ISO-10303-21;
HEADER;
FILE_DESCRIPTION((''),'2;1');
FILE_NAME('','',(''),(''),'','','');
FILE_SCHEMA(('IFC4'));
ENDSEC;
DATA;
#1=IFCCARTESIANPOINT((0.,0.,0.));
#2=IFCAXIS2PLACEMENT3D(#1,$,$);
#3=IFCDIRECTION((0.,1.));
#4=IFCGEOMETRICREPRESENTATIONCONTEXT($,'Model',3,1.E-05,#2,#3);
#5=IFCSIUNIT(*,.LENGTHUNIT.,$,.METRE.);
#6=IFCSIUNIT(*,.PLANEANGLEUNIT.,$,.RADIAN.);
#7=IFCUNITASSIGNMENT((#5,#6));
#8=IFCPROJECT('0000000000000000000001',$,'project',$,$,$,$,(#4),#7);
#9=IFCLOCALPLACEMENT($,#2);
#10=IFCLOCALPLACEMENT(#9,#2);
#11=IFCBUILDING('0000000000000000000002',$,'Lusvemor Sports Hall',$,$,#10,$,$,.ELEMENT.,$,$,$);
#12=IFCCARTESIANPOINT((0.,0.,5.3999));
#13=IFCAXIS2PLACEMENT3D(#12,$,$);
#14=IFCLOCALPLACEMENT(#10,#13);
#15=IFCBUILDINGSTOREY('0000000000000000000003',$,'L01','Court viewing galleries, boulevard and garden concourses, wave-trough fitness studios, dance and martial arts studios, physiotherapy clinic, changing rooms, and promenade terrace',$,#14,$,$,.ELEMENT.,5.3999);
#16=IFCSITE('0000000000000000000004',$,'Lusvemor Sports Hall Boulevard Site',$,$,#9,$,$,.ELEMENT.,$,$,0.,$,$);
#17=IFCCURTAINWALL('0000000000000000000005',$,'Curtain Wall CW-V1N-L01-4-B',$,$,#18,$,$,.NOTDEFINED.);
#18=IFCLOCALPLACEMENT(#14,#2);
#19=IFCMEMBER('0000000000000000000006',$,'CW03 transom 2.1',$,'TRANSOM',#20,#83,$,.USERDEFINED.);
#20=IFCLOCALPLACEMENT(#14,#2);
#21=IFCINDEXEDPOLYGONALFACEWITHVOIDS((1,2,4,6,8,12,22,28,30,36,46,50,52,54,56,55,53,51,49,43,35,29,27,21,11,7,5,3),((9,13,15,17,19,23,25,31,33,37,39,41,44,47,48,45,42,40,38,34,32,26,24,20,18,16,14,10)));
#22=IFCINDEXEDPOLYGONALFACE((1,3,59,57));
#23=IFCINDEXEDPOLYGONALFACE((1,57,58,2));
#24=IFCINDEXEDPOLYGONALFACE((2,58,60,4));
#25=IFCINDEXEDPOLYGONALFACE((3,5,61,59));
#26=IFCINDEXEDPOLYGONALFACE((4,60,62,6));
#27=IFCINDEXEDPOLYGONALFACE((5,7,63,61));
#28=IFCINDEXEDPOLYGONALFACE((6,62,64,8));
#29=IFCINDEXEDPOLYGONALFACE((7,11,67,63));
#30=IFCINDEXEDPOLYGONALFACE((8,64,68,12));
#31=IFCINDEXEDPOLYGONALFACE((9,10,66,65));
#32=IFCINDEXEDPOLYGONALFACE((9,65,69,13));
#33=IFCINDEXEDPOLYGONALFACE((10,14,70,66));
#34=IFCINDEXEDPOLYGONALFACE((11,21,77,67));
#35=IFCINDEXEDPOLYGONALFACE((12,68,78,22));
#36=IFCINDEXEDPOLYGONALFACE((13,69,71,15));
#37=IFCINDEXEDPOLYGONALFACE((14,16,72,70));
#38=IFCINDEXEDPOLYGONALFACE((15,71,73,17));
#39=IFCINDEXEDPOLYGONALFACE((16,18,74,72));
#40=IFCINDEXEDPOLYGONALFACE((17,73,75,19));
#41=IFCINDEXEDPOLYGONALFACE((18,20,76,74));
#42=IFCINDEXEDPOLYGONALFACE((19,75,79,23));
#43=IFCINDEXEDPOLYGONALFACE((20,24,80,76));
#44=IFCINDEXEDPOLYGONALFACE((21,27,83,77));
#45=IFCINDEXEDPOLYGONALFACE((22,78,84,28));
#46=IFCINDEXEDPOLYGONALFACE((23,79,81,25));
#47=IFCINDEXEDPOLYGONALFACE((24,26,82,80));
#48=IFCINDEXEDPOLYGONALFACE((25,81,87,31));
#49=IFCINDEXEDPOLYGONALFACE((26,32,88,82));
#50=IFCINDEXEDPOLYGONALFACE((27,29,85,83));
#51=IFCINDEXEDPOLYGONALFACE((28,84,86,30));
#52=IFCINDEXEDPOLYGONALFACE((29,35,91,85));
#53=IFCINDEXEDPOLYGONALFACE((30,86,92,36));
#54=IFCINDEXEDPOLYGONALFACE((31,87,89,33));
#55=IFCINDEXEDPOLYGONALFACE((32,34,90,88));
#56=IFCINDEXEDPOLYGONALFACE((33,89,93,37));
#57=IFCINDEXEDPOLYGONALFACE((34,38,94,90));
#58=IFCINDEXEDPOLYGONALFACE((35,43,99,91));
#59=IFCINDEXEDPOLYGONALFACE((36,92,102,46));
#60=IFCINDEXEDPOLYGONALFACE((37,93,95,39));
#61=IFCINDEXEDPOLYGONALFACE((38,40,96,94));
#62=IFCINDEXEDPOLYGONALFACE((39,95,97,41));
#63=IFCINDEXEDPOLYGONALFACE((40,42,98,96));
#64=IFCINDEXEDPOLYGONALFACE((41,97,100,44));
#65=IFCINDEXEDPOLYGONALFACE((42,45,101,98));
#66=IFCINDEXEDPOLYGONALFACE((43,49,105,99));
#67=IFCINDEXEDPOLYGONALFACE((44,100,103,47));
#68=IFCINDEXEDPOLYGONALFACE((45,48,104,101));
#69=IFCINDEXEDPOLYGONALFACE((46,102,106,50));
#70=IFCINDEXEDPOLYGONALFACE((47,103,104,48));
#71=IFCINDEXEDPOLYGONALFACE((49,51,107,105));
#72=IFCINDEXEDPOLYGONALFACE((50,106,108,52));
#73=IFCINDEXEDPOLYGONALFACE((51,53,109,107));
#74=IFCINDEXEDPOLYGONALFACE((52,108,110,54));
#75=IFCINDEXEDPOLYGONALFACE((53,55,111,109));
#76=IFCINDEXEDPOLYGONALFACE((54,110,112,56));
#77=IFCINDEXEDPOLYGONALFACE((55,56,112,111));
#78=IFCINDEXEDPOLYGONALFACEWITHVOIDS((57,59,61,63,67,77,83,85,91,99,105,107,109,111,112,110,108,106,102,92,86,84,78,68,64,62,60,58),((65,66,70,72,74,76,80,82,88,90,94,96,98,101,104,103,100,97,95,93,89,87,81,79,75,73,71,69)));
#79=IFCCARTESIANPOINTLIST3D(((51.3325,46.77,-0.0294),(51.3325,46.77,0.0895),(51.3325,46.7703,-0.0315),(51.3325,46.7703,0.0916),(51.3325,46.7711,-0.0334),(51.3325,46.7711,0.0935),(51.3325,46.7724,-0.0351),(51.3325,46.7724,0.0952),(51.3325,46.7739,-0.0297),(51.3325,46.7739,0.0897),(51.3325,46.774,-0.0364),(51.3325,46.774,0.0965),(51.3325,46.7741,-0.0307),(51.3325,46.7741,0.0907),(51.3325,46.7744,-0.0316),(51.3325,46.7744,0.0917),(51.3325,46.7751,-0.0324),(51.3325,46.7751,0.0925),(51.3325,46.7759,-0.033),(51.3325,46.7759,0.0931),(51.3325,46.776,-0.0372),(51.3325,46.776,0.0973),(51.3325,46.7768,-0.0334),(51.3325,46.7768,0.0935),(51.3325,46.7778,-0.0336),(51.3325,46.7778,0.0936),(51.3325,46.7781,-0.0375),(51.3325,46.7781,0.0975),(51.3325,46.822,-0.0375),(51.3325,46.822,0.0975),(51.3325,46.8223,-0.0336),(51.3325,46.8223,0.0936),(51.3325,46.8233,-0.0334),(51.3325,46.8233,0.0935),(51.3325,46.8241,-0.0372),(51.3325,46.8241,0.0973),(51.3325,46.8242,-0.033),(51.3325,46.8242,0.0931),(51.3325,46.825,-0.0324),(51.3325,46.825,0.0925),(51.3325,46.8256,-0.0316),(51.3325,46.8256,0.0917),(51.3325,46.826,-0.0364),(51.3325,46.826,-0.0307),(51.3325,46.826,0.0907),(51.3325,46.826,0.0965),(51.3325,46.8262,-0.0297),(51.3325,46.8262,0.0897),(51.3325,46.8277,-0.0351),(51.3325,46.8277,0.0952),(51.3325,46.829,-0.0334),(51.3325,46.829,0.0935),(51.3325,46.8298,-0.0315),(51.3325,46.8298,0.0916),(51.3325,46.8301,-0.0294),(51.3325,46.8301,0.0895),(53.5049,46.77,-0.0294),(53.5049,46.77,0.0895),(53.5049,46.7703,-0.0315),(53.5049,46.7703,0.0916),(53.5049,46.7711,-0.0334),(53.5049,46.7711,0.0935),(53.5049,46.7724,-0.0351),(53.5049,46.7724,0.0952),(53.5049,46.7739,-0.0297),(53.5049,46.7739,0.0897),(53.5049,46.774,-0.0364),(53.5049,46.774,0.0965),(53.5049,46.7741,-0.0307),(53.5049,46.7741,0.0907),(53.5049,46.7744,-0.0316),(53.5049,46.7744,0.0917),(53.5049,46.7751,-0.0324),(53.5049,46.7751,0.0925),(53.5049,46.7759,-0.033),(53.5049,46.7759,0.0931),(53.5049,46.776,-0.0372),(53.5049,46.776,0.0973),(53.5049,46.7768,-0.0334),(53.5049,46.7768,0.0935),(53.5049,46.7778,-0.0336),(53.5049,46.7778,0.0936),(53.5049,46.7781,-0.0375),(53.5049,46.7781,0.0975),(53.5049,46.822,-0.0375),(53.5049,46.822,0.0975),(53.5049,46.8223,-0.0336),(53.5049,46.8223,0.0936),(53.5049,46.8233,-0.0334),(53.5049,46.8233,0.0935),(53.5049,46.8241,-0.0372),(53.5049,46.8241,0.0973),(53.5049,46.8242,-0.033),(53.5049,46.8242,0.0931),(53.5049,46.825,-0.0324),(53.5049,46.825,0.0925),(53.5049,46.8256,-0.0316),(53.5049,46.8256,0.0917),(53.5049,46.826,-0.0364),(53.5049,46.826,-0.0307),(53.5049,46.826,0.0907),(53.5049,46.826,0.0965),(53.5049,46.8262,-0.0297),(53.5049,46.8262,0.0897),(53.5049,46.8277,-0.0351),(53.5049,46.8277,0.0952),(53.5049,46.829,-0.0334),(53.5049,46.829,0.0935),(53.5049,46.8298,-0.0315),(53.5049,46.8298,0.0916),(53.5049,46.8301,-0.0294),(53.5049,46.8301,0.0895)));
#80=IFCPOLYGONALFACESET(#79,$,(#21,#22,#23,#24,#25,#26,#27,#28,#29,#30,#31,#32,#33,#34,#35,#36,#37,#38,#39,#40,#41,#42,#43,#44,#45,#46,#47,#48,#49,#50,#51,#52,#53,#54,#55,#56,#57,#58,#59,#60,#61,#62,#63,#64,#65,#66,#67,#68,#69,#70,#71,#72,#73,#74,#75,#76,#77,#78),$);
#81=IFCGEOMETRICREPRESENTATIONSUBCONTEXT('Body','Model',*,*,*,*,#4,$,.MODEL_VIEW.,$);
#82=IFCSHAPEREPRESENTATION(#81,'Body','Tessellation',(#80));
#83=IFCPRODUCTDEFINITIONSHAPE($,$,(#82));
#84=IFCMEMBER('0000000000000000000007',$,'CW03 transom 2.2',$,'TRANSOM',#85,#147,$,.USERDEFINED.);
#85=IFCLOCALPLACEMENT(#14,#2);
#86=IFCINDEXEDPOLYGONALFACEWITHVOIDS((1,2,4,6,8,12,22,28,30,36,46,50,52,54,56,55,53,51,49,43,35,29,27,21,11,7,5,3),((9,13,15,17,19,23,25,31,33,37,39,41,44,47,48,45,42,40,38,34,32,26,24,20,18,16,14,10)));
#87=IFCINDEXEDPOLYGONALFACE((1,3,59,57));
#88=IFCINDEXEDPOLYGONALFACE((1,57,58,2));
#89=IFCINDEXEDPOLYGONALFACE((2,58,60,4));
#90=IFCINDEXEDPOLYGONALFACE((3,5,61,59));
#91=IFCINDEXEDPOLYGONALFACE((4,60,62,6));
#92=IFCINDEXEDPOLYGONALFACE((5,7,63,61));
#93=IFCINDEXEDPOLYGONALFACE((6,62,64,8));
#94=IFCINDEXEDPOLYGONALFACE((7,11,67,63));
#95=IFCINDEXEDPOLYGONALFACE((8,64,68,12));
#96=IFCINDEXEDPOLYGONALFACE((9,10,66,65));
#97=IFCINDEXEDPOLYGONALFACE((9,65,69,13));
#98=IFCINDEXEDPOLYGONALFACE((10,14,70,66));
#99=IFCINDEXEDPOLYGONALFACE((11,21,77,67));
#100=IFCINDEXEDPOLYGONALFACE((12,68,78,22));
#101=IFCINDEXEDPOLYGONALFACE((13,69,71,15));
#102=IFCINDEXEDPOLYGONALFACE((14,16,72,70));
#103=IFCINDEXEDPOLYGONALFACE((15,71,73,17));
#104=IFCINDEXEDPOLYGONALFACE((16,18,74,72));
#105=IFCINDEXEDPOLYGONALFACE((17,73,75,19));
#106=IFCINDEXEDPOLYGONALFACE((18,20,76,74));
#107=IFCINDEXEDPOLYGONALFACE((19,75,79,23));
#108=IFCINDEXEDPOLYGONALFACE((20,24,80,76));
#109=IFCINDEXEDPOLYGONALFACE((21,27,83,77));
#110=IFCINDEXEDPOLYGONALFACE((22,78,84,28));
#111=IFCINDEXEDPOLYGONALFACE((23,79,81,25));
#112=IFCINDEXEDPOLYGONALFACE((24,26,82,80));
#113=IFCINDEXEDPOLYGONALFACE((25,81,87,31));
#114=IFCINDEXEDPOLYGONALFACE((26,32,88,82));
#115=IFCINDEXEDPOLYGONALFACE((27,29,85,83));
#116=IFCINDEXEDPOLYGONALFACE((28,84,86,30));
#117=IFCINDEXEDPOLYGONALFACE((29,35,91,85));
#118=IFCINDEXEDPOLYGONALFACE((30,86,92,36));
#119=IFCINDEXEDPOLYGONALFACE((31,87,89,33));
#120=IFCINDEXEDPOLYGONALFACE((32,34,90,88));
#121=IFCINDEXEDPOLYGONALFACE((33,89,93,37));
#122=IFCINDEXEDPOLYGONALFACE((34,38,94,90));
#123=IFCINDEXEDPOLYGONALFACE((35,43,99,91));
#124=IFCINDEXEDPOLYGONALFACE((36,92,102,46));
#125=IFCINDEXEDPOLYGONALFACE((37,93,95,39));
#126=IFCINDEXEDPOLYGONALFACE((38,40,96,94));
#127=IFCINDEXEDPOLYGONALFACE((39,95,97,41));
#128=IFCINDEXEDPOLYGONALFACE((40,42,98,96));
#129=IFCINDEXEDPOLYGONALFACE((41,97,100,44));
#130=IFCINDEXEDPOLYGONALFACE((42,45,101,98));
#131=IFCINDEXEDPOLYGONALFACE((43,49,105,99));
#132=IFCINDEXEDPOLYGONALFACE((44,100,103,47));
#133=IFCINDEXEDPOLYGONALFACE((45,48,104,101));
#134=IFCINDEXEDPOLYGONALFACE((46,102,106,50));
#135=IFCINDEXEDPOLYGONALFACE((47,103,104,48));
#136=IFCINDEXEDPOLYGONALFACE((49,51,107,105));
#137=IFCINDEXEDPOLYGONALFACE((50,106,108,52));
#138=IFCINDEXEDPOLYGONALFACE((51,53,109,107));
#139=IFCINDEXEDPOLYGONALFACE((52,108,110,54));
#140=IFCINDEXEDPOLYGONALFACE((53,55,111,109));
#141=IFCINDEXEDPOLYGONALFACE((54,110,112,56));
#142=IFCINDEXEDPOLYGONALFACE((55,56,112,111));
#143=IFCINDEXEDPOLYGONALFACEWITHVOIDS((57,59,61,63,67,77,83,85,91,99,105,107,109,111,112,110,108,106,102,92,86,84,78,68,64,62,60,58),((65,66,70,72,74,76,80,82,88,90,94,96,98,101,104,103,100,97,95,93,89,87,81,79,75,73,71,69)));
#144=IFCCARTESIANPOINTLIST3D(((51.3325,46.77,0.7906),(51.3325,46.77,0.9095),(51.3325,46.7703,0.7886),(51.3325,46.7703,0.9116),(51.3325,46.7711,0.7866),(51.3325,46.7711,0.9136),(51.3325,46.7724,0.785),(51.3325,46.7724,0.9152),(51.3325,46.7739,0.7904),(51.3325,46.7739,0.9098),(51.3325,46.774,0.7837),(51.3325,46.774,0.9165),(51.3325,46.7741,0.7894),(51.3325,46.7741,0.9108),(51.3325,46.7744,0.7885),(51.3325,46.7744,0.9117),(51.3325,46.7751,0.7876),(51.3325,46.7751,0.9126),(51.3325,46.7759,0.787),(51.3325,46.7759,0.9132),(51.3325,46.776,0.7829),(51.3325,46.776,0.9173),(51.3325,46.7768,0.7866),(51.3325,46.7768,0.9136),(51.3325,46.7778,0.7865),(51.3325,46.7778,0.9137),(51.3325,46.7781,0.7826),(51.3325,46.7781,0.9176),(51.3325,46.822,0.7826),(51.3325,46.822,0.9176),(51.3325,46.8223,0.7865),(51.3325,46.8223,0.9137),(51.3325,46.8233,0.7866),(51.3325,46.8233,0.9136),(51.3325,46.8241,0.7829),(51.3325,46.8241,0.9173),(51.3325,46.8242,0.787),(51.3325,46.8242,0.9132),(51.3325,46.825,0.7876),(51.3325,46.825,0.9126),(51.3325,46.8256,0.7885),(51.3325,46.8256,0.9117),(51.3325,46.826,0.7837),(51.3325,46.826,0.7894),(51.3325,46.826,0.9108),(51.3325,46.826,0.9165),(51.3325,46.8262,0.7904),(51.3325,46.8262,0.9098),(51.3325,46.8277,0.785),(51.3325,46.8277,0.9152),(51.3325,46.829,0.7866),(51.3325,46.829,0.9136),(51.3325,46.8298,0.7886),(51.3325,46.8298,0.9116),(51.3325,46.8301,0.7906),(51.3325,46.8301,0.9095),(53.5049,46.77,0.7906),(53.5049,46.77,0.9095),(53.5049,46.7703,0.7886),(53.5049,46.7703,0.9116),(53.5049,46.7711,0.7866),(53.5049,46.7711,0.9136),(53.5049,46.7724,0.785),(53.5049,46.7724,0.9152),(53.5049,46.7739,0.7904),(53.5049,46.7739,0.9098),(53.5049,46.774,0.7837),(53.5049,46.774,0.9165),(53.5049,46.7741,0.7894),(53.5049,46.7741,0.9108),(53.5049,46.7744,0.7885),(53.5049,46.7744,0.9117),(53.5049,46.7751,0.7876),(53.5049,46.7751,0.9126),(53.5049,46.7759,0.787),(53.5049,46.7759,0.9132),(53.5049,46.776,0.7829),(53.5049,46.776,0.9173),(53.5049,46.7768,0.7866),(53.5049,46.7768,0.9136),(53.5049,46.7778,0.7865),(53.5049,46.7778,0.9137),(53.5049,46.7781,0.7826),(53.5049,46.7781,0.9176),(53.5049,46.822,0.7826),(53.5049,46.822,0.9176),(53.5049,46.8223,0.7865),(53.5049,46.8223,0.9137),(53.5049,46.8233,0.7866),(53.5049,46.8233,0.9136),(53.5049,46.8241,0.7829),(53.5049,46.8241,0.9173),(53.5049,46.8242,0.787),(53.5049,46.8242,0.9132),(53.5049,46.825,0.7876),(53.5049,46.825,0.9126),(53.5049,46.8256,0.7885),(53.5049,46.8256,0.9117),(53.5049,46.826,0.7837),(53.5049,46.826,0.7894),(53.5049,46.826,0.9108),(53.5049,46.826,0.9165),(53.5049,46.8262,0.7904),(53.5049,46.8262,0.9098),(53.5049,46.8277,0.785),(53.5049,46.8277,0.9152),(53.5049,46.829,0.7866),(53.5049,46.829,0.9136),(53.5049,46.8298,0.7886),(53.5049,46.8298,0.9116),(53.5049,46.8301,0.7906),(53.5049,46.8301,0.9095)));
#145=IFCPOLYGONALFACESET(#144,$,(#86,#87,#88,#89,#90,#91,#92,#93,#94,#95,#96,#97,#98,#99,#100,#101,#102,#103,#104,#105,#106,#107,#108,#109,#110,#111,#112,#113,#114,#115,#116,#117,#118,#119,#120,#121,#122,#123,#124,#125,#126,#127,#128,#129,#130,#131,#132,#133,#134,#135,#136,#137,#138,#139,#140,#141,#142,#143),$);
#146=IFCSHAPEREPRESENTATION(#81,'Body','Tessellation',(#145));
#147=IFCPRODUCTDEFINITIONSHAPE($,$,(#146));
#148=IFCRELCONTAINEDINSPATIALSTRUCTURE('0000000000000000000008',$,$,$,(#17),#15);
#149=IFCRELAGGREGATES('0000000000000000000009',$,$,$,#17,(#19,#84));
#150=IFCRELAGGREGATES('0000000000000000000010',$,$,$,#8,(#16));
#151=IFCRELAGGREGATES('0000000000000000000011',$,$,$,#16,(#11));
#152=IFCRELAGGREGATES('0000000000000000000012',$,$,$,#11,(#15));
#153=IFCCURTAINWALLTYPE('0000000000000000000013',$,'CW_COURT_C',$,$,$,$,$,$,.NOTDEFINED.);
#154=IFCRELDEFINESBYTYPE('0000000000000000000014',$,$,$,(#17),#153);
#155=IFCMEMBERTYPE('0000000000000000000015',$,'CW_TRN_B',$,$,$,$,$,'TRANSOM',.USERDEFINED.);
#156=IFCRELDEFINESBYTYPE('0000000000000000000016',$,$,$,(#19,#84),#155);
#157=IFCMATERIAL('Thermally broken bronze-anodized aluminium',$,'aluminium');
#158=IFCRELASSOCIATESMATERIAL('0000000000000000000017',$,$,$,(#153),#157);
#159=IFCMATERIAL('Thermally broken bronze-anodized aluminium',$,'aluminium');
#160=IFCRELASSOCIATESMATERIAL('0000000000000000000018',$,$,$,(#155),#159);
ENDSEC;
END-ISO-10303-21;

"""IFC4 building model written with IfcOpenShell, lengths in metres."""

from ifc_helpers import new_model, si_unit, direction, frame, origin, origin_2d, place, context, subcontext, project, spatial, hollow_rectangle, extrude, material, material_profile, profile_set, type_object, element, aggregate, save


model = new_model("IFC4")

# Units and contexts
model_context = context("Model", 3, precision=1e-05, world=origin(), true_north=direction((0.0, 1.0)))
body_context = subcontext(model_context, "Body", "Model", "MODEL_VIEW")
ifc_project = project(units=[si_unit("LENGTHUNIT", "METRE"), si_unit("PLANEANGLEUNIT", "RADIAN")], contexts=[model_context])

# Site, building, storey
site_placement = place(None, origin())
site = spatial("IfcSite", under=ifc_project, at=site_placement, Name="Lusvemor Sports Hall Boulevard Site", CompositionType="ELEMENT", RefElevation=0.0)
building_placement = place(site_placement, origin())
building = spatial("IfcBuilding", under=site, at=building_placement, Name="Lusvemor Sports Hall", CompositionType="ELEMENT")
storey_placement = place(building_placement, frame((0.0, 0.0, 5.3999)))
storey = spatial("IfcBuildingStorey", under=building, at=storey_placement, Name="L01", Description="Court viewing galleries, boulevard and garden concourses, wave-trough fitness studios, dance and martial arts studios, physiotherapy clinic, changing rooms, and promenade terrace", CompositionType="ELEMENT", Elevation=5.3999)

# Curtain wall
ifc_material_1 = material(Name="Thermally broken bronze-anodized aluminium", Category="aluminium")
curtain_wall_type = type_object("IfcCurtainWallType", Name="CW_COURT_C", PredefinedType="NOTDEFINED", material=ifc_material_1)
curtain_wall_1_placement = place(storey_placement, origin())
curtain_wall_1 = element("IfcCurtainWall", 1, at=curtain_wall_1_placement, inside=storey, type_object=curtain_wall_type, Name="Curtain Wall CW-V1N-L01-4-B", PredefinedType="NOTDEFINED")

# Members
ifc_material_2 = material(Name="Thermally broken bronze-anodized aluminium", Category="aluminium")
ifc_material_profile_1 = material_profile(ifc_material_2, hollow_rectangle(XDim=0.0601, YDim=0.135, WallThickness=0.0039, InnerFilletRadius=0.0039, OuterFilletRadius=0.0081, at=origin_2d()), Name="CWTRN135x60x4")
ifc_profile_set_1 = profile_set([ifc_material_profile_1], Name="Thermally broken bronze-anodized aluminium")
member_type_1 = type_object("IfcMemberType", Name="CW_TRN_B", ElementType="TRANSOM", PredefinedType="USERDEFINED", material=ifc_profile_set_1)
member_1_placement = place(storey_placement, frame((51.3325, 46.8, 0.03), z_axis=(1.0, 0.0, 0.0), x_axis=(0.0, 1.0, 0.0)))
member_1 = element("IfcMember", 2, at=member_1_placement, type_object=member_type_1, Name="CW03 transom 2.1", ObjectType="TRANSOM", PredefinedType="USERDEFINED", context=body_context, shape_type="SweptSolid", body=[
    extrude(hollow_rectangle(XDim=0.0601, YDim=0.135, WallThickness=0.0039, InnerFilletRadius=0.0039, OuterFilletRadius=0.0081, at=origin_2d()), origin(), (0.0, 0.0, 1.0), 2.1724),
])
member_2_placement = place(storey_placement, frame((51.3325, 46.8, 0.8501), z_axis=(1.0, 0.0, 0.0), x_axis=(0.0, 1.0, 0.0)))
member_2 = element("IfcMember", 3, at=member_2_placement, type_object=member_type_1, Name="CW03 transom 2.2", ObjectType="TRANSOM", PredefinedType="USERDEFINED", context=body_context, shape_type="SweptSolid", body=[
    extrude(hollow_rectangle(XDim=0.0601, YDim=0.135, WallThickness=0.0039, InnerFilletRadius=0.0039, OuterFilletRadius=0.0081, at=origin_2d()), origin(), (0.0, 0.0, 1.0), 2.1724),
])

aggregate(curtain_wall_1, [member_1, member_2])

save(model, "model.ifc")
